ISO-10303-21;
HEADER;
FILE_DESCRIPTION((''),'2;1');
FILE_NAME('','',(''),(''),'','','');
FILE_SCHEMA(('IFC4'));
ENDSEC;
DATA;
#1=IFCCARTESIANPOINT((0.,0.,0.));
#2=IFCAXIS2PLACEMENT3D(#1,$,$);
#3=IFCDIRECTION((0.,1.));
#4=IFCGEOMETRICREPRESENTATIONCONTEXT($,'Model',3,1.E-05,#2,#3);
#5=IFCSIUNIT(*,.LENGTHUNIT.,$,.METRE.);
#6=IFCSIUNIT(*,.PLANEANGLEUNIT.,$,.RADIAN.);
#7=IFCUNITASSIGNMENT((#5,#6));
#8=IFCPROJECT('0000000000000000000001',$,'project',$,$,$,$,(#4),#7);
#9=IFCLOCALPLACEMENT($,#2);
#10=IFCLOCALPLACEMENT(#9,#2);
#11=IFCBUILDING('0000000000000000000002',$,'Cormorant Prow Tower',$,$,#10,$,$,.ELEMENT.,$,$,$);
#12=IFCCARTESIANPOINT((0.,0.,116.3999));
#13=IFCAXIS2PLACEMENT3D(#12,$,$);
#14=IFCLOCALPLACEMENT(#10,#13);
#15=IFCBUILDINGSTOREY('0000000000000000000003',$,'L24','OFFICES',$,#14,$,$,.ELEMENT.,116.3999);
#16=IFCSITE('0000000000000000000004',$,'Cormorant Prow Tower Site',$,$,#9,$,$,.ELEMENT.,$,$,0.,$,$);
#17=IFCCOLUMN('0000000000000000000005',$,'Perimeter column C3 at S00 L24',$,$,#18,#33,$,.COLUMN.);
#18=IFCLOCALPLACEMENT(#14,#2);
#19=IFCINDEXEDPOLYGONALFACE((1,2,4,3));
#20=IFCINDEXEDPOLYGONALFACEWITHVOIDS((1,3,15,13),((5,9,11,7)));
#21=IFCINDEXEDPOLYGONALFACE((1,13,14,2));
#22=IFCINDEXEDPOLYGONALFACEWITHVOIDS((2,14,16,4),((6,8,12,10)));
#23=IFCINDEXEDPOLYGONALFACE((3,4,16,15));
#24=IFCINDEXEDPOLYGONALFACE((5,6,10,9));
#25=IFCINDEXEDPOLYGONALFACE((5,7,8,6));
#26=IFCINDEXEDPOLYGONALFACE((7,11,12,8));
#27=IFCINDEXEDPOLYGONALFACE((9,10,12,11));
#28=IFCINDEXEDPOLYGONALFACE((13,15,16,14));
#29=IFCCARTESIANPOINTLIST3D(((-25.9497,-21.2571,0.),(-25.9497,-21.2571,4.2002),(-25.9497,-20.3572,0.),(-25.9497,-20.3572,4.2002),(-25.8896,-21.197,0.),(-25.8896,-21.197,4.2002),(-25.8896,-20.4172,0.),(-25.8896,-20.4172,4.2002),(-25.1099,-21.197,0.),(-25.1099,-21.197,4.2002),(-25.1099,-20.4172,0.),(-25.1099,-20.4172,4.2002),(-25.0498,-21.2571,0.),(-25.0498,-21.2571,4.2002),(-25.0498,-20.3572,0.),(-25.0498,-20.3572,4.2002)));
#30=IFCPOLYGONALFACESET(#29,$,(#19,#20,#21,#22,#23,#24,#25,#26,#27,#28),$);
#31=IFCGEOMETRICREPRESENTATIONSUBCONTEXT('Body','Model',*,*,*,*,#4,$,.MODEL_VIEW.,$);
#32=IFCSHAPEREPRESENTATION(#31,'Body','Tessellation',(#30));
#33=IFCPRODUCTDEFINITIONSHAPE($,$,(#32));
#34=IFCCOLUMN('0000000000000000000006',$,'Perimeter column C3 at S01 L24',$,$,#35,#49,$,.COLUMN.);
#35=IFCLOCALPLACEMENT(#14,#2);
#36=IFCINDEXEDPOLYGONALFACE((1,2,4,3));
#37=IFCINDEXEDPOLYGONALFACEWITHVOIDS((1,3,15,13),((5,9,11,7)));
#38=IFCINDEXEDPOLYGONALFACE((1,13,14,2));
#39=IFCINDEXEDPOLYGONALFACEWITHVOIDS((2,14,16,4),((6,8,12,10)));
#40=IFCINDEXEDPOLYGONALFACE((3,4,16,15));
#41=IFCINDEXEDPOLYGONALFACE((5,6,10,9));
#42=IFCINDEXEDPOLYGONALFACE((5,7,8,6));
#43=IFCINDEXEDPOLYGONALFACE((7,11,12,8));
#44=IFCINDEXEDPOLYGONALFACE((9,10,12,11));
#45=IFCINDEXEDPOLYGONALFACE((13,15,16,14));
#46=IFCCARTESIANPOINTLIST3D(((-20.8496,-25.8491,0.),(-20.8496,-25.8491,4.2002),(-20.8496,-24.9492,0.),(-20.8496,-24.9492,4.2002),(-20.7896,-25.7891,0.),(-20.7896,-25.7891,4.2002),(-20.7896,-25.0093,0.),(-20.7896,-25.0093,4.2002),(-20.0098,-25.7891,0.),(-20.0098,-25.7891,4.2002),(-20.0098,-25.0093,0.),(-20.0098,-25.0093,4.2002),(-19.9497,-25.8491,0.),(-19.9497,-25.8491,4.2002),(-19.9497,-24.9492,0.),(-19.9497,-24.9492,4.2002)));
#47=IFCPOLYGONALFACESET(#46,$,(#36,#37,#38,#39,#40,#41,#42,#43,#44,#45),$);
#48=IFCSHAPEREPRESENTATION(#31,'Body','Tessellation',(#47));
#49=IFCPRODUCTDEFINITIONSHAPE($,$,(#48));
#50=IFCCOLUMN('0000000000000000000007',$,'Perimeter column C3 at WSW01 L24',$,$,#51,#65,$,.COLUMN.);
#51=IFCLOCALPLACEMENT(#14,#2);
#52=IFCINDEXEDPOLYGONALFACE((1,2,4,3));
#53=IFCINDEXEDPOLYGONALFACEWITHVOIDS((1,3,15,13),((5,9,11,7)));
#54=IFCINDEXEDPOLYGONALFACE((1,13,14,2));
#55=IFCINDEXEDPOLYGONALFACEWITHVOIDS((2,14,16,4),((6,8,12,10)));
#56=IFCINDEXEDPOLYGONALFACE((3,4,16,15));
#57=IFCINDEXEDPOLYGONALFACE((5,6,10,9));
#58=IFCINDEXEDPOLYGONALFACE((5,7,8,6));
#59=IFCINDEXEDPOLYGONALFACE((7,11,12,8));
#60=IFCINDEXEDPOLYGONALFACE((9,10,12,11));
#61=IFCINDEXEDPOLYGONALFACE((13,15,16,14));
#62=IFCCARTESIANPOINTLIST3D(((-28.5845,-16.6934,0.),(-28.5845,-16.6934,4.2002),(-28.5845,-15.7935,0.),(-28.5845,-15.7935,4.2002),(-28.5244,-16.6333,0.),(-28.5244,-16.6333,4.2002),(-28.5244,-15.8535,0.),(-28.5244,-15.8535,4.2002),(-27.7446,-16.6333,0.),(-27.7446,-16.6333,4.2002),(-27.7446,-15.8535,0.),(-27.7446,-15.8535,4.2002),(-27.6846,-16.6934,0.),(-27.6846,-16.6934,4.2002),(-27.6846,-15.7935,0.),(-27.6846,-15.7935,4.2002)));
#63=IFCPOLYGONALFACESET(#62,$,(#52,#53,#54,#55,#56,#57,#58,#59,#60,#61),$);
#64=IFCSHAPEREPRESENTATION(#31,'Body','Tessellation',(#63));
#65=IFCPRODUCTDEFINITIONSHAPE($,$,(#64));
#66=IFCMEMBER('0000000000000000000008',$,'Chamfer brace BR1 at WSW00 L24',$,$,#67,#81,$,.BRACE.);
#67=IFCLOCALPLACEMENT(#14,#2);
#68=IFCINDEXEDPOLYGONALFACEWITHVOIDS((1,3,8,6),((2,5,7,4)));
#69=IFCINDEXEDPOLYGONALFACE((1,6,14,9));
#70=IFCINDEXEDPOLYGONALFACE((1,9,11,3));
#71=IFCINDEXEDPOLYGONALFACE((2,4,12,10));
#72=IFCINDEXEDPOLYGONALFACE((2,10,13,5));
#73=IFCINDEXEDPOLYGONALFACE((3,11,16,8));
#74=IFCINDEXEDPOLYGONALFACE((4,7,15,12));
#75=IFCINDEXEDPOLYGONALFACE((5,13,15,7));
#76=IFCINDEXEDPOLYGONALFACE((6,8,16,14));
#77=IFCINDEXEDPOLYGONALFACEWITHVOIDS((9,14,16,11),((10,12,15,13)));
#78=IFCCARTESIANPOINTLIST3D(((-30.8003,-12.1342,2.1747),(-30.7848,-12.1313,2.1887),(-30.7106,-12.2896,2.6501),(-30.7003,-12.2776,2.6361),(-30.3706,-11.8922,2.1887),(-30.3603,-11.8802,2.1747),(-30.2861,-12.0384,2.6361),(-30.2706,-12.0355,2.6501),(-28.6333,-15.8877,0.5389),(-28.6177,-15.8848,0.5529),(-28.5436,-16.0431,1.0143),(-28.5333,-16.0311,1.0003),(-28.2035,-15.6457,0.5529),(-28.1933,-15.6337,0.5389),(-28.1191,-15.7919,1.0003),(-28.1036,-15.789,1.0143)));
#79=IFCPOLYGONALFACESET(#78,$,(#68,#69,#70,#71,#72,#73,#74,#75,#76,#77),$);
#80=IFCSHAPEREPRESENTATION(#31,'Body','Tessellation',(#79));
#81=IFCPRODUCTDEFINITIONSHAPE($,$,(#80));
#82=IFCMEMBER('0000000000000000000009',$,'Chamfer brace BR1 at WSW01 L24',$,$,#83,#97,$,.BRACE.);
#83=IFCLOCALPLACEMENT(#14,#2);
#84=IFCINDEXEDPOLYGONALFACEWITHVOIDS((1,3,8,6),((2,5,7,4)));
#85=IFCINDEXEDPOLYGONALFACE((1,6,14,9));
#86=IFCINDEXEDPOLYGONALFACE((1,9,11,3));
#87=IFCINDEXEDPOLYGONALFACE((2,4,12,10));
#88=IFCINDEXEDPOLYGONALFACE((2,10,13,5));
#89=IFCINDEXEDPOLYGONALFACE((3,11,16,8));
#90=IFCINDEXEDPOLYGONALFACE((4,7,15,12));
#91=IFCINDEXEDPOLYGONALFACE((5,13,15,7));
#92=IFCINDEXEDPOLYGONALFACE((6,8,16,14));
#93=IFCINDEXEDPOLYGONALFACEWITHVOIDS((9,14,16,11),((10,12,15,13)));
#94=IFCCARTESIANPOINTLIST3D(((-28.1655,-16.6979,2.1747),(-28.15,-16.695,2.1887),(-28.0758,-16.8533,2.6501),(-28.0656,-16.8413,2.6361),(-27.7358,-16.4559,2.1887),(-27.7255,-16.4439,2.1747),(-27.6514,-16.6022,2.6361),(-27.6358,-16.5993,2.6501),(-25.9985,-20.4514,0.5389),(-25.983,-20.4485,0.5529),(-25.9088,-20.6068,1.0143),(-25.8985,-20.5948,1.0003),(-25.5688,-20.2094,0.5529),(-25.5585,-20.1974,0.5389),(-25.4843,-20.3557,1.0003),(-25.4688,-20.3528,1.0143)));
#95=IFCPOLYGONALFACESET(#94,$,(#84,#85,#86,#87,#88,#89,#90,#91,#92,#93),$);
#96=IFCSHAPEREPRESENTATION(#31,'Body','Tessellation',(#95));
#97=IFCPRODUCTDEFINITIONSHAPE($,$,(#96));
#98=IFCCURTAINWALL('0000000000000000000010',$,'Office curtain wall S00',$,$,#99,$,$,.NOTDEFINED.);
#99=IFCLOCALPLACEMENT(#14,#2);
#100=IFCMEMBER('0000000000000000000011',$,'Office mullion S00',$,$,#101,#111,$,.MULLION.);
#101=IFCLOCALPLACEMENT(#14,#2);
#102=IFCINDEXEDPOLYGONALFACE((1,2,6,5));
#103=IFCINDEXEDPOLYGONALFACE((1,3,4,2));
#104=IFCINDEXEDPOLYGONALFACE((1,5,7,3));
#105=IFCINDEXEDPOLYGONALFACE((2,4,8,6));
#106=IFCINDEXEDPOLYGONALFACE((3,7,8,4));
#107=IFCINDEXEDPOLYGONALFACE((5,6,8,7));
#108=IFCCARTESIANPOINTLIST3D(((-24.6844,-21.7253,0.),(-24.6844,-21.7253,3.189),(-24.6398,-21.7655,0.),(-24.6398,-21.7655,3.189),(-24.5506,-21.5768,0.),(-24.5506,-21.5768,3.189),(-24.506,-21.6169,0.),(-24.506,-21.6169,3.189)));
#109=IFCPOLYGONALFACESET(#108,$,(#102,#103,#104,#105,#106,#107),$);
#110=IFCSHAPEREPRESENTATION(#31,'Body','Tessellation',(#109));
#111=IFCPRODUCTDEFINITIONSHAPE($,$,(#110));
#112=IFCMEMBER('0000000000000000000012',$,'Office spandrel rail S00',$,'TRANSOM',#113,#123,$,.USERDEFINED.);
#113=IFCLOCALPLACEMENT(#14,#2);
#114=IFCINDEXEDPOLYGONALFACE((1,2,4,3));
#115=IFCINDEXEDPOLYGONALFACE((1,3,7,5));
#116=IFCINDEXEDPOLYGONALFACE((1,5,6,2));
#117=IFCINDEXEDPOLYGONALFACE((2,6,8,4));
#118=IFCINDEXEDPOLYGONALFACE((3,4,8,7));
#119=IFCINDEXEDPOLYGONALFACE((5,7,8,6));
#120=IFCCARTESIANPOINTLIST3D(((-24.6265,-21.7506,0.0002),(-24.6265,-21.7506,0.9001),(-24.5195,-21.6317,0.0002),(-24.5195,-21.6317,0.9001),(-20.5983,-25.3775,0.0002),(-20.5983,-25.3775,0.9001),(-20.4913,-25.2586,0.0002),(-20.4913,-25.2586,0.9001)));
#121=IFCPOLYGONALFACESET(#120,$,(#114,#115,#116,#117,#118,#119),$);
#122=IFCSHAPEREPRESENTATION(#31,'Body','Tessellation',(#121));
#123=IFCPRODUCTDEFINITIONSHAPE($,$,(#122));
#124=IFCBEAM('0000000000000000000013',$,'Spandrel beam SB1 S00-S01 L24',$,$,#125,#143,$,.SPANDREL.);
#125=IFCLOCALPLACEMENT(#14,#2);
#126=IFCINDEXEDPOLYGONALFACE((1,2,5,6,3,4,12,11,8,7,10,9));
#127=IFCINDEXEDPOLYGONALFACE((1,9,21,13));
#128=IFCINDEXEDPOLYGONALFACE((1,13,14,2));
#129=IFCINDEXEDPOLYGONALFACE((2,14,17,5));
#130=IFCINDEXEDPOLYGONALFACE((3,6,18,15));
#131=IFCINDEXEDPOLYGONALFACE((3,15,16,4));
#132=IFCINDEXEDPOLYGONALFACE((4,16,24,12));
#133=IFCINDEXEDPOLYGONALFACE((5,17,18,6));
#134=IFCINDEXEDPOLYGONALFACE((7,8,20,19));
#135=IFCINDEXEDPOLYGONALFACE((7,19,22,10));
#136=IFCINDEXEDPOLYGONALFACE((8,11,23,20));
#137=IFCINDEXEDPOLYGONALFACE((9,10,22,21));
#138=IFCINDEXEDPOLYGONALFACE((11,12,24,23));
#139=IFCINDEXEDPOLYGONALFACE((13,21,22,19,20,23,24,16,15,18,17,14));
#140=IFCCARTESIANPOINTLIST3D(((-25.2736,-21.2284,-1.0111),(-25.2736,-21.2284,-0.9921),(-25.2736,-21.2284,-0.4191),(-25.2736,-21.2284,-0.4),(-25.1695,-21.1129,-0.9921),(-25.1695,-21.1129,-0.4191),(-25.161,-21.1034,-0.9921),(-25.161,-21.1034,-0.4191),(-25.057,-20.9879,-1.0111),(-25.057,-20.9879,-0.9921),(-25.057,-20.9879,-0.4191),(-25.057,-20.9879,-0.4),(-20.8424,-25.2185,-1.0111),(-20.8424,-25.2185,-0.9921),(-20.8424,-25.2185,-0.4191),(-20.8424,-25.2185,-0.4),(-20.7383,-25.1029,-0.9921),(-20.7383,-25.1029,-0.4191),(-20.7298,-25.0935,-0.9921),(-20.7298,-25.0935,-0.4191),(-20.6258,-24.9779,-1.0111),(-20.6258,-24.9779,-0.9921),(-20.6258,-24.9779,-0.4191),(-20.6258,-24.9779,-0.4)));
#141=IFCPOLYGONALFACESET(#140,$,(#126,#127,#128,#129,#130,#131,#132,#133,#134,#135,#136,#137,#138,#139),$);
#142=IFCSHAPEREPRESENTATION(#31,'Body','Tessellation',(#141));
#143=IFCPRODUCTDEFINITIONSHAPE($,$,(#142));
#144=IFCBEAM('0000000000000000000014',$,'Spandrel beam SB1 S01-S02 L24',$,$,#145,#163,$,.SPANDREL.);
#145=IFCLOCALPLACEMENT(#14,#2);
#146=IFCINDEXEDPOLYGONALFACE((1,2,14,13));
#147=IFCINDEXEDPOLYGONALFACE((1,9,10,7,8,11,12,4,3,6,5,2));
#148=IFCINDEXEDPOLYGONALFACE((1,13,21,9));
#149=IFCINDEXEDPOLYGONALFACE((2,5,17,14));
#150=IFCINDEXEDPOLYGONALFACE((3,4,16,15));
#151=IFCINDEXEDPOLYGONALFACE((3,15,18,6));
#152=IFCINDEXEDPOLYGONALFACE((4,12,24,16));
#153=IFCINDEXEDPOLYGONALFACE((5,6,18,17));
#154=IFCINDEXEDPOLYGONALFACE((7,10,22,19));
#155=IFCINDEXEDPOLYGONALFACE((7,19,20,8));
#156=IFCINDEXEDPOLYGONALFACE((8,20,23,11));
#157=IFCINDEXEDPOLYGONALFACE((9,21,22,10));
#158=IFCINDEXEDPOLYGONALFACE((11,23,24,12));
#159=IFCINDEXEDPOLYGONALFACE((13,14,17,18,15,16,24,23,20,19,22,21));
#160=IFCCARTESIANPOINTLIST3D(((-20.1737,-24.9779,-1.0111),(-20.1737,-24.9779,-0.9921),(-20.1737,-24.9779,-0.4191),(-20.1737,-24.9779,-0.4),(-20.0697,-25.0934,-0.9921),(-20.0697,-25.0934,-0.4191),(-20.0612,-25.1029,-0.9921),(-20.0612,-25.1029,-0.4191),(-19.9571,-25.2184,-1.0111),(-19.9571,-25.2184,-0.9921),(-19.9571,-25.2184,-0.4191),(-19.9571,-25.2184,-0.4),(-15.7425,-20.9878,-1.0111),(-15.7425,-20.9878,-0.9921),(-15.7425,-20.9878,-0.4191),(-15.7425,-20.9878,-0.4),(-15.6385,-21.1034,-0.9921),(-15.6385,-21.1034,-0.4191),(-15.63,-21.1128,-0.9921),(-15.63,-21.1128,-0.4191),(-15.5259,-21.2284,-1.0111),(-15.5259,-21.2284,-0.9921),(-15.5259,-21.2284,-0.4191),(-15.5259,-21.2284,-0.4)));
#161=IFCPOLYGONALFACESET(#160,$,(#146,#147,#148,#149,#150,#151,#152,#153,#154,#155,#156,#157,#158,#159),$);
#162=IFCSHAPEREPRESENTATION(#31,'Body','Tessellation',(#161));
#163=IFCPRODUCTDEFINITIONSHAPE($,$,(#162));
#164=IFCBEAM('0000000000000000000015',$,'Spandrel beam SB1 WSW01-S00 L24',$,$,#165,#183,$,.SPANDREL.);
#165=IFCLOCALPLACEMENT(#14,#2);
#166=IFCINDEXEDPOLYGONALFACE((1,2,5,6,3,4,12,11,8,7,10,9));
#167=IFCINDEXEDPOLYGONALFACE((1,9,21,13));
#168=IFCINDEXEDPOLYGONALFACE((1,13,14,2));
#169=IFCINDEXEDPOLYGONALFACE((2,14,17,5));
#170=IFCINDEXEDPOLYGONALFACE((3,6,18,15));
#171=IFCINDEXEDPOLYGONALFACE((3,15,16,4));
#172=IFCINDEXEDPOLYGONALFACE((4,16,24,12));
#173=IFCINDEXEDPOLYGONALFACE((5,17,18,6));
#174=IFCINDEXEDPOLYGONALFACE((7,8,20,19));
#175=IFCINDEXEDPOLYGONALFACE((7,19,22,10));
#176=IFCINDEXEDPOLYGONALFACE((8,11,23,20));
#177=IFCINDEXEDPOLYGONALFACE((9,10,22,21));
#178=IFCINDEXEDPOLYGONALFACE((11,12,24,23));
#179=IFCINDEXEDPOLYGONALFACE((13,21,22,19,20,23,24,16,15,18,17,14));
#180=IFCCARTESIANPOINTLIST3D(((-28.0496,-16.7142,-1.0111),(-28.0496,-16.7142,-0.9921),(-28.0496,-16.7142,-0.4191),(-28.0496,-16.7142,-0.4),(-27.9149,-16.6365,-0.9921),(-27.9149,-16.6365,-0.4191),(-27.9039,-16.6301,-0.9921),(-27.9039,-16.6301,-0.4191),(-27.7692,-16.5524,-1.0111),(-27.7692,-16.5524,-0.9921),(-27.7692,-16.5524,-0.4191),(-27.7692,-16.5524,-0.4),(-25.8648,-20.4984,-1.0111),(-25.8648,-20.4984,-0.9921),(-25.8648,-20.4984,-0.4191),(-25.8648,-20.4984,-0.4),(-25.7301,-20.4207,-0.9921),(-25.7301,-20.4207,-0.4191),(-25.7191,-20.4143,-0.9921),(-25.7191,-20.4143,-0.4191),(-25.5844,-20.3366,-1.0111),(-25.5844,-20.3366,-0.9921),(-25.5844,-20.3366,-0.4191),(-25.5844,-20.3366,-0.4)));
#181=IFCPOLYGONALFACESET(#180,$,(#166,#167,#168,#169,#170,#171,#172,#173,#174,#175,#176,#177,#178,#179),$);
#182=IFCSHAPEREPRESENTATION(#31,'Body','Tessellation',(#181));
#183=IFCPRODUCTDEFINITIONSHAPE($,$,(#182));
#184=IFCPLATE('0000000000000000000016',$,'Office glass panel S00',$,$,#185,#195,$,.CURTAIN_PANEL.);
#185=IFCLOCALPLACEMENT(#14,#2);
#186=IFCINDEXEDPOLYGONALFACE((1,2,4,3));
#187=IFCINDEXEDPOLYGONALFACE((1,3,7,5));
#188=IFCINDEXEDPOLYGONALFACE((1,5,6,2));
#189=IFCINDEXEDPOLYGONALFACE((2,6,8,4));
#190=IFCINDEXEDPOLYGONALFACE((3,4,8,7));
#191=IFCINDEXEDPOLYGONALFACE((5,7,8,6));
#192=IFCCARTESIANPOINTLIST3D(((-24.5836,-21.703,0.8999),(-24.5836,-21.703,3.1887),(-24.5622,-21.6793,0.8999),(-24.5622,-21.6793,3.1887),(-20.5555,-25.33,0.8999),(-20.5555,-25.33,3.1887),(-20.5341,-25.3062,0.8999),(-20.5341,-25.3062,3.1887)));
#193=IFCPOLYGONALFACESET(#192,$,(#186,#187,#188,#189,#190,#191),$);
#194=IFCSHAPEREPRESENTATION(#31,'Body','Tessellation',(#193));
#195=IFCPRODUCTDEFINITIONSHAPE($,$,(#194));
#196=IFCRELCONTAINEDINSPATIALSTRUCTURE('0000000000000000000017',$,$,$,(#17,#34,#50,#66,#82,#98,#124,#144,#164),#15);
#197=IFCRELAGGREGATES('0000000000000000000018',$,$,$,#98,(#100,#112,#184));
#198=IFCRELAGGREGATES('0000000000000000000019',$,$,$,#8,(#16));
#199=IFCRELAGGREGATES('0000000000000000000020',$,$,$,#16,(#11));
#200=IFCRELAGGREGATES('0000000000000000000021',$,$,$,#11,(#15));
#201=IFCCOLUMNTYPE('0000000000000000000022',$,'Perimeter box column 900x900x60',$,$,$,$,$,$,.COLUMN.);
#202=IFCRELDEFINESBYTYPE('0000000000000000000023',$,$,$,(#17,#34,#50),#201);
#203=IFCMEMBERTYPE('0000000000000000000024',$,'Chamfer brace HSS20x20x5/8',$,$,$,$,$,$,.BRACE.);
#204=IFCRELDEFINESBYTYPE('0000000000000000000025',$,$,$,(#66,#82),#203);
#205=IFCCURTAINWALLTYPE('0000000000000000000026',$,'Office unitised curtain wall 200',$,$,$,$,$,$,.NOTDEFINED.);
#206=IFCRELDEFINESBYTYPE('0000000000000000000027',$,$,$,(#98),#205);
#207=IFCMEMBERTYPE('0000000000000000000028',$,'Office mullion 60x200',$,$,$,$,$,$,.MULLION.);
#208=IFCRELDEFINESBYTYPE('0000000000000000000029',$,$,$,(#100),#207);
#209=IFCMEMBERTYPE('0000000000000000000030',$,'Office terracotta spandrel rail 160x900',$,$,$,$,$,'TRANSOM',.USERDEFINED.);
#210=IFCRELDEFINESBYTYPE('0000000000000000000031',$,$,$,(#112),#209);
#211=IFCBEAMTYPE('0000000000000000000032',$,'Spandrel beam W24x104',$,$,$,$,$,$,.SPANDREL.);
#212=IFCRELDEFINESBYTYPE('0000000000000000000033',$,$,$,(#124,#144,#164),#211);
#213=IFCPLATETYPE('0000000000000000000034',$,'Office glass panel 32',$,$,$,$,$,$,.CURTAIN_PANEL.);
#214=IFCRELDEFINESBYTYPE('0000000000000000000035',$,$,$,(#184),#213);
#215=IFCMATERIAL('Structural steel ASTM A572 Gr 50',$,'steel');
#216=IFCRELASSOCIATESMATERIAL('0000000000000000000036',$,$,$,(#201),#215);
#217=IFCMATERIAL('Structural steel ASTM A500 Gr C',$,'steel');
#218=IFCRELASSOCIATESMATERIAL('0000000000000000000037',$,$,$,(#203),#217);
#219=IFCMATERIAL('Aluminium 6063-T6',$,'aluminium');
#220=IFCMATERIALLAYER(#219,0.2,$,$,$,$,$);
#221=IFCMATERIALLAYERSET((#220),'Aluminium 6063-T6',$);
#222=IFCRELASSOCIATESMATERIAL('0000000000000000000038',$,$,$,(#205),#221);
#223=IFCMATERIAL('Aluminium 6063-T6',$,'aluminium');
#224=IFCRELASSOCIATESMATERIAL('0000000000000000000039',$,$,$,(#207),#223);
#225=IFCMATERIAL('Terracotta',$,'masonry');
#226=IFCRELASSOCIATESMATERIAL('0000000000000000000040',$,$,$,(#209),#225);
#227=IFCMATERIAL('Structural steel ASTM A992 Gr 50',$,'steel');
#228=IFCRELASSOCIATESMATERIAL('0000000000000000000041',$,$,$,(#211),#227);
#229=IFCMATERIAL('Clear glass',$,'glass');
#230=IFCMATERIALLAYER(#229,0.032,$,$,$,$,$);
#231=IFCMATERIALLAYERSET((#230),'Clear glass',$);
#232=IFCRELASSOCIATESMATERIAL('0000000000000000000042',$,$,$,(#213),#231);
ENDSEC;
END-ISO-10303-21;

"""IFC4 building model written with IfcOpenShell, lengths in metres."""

from ifc_helpers import new_model, si_unit, direction, frame, origin, origin_2d, place, context, subcontext, project, spatial, rectangle, hollow_rectangle, i_section, extrude, material, layer, layer_set, material_profile, profile_set, type_object, element, aggregate, save


model = new_model("IFC4")

# Units and contexts
model_context = context("Model", 3, precision=1e-05, world=origin(), true_north=direction((0.0, 1.0)))
body_context = subcontext(model_context, "Body", "Model", "MODEL_VIEW")
ifc_project = project(units=[si_unit("LENGTHUNIT", "METRE"), si_unit("PLANEANGLEUNIT", "RADIAN")], contexts=[model_context])

# Site, building, storey
site_placement = place(None, origin())
site = spatial("IfcSite", under=ifc_project, at=site_placement, Name="Cormorant Prow Tower Site", CompositionType="ELEMENT", RefElevation=0.0)
building_placement = place(site_placement, origin())
building = spatial("IfcBuilding", under=site, at=building_placement, Name="Cormorant Prow Tower", CompositionType="ELEMENT")
storey_placement = place(building_placement, frame((0.0, 0.0, 116.3999)))
storey = spatial("IfcBuildingStorey", under=building, at=storey_placement, Name="L24", Description="OFFICES", CompositionType="ELEMENT", Elevation=116.3999)

# Columns
ifc_material_1 = material(Name="Structural steel ASTM A572 Gr 50", Category="steel")
ifc_material_profile_1 = material_profile(ifc_material_1, hollow_rectangle(XDim=0.8999, YDim=0.8999, WallThickness=0.0601, at=origin_2d()), Name="Box 900x900x60")
ifc_profile_set_1 = profile_set([ifc_material_profile_1], Name="Structural steel ASTM A572 Gr 50")
column_type = type_object("IfcColumnType", Name="Perimeter box column 900x900x60", PredefinedType="COLUMN", material=ifc_profile_set_1)
for number, where, z_axis, x_axis, name in (
    (1, (-25.4998, -20.8071, 0.0), (0.0, 0.0, 1.0), (1.0, 0.0, 0.0), "Perimeter column C3 at S00 L24"),
    (2, (-20.3997, -25.3992, 0.0), (0.0, 0.0, 1.0), (1.0, 0.0, 0.0), "Perimeter column C3 at S01 L24"),
    (3, (-28.1345, -16.2434, 0.0), (0.0, 0.0, 1.0), (1.0, 0.0, 0.0), "Perimeter column C3 at WSW01 L24"),
):
    element("IfcColumn", number, at=place(storey_placement, frame(where, z_axis=z_axis, x_axis=x_axis)), inside=storey, type_object=column_type, Name=name, PredefinedType="COLUMN", context=body_context, shape_type="SweptSolid", body=[
        extrude(hollow_rectangle(XDim=0.8999, YDim=0.8999, WallThickness=0.0601, at=origin_2d()), origin(), (0.0, 0.0, 1.0), 4.2002),
    ])

# Members
ifc_material_2 = material(Name="Structural steel ASTM A500 Gr C", Category="steel")
ifc_material_profile_2 = material_profile(ifc_material_2, hollow_rectangle(XDim=0.5081, YDim=0.5081, WallThickness=0.0149, at=origin_2d()), Name="HSS20x20x5/8")
ifc_profile_set_2 = profile_set([ifc_material_profile_2], Name="Structural steel ASTM A500 Gr C")
member_type_1 = type_object("IfcMemberType", Name="Chamfer brace HSS20x20x5/8", PredefinedType="BRACE", material=ifc_profile_set_2)
for number, where, z_axis, x_axis, name in (
    (4, (-28.3684, -15.8384, 0.7766), (-0.467785, 0.810244, 0.353105), (-0.86603, -0.499992, 0.0), "Chamfer brace BR1 at WSW00 L24"),
    (5, (-25.7336, -20.4021, 0.7766), (-0.467785, 0.810244, 0.353105), (-0.86603, -0.499992, 0.0), "Chamfer brace BR1 at WSW01 L24"),
):
    element("IfcMember", number, at=place(storey_placement, frame(where, z_axis=z_axis, x_axis=x_axis)), inside=storey, type_object=member_type_1, Name=name, PredefinedType="BRACE", context=body_context, shape_type="SweptSolid", body=[
        extrude(hollow_rectangle(XDim=0.5081, YDim=0.5081, WallThickness=0.0149, at=origin_2d()), origin(), (0.0, 0.0, 1.0), 4.6326),
    ])

# Curtain wall, members
ifc_material_3 = material(Name="Aluminium 6063-T6", Category="aluminium")
ifc_layer_1 = layer(ifc_material_3, 0.2)
ifc_layer_set_1 = layer_set([ifc_layer_1], Name="Aluminium 6063-T6")
curtain_wall_type = type_object("IfcCurtainWallType", Name="Office unitised curtain wall 200", PredefinedType="NOTDEFINED", material=ifc_layer_set_1)
curtain_wall_placement = place(storey_placement, origin())
curtain_wall = element("IfcCurtainWall", 6, at=curtain_wall_placement, inside=storey, type_object=curtain_wall_type, Name="Office curtain wall S00", PredefinedType="NOTDEFINED")
ifc_material_4 = material(Name="Aluminium 6063-T6", Category="aluminium")
ifc_material_profile_3 = material_profile(ifc_material_4, rectangle(XDim=0.2, YDim=0.0601, at=origin_2d()), Name="Office mullion 60x200")
ifc_profile_set_3 = profile_set([ifc_material_profile_3], Name="Aluminium 6063-T6")
member_type_2 = type_object("IfcMemberType", Name="Office mullion 60x200", PredefinedType="MULLION", material=ifc_profile_set_3)
member_1_placement = place(storey_placement, frame((-24.5952, -21.6711, 0.0), z_axis=(0.0, 0.0, 1.0), x_axis=(0.669131, 0.743145, 0.0)))
member_1 = element("IfcMember", 7, at=member_1_placement, type_object=member_type_2, Name="Office mullion S00", PredefinedType="MULLION", context=body_context, shape_type="SweptSolid", body=[
    extrude(rectangle(XDim=0.2, YDim=0.0601, at=origin_2d()), origin(), (0.0, 0.0, 1.0), 3.189),
])
ifc_material_5 = material(Name="Terracotta", Category="masonry")
ifc_material_profile_4 = material_profile(ifc_material_5, rectangle(XDim=0.1599, YDim=0.8999, at=origin_2d()), Name="Office terracotta spandrel rail 160x900")
ifc_profile_set_4 = profile_set([ifc_material_profile_4], Name="Terracotta")
member_type_3 = type_object("IfcMemberType", Name="Office terracotta spandrel rail 160x900", ElementType="TRANSOM", PredefinedType="USERDEFINED", material=ifc_profile_set_4)
member_2_placement = place(storey_placement, frame((-24.573, -21.6912, 0.4502), z_axis=(0.74316, -0.669114, 0.0), x_axis=(0.669114, 0.74316, 0.0)))
member_2 = element("IfcMember", 8, at=member_2_placement, type_object=member_type_3, Name="Office spandrel rail S00", ObjectType="TRANSOM", PredefinedType="USERDEFINED", context=body_context, shape_type="SweptSolid", body=[
    extrude(rectangle(XDim=0.1599, YDim=0.8999, at=origin_2d()), origin(), (0.0, 0.0, 1.0), 5.4204),
])

# Beams
ifc_material_6 = material(Name="Structural steel ASTM A992 Gr 50", Category="steel")
ifc_material_profile_5 = material_profile(ifc_material_6, i_section(OverallWidth=0.3237, OverallDepth=0.6111, WebThickness=0.0127, FlangeThickness=0.019, at=origin_2d()), Name="W24x104")
ifc_profile_set_5 = profile_set([ifc_material_profile_5], Name="Structural steel ASTM A992 Gr 50")
beam_type = type_object("IfcBeamType", Name="Spandrel beam W24x104", PredefinedType="SPANDREL", material=ifc_profile_set_5)
for number, where, z_axis, x_axis, name in (
    (9, (-25.1653, -21.1082, -0.7056), (0.743131, -0.669146, 0.0), (0.669146, 0.743131, 0.0), "Spandrel beam SB1 S00-S01 L24"),
    (10, (-20.0654, -25.0981, -0.7056), (0.743131, 0.669146, 0.0), (-0.669146, 0.743131, 0.0), "Spandrel beam SB1 S01-S02 L24"),
):
    element("IfcBeam", number, at=place(storey_placement, frame(where, z_axis=z_axis, x_axis=x_axis)), inside=storey, type_object=beam_type, Name=name, PredefinedType="SPANDREL", context=body_context, shape_type="SweptSolid", body=[
        extrude(i_section(OverallWidth=0.3237, OverallDepth=0.6111, WebThickness=0.0127, FlangeThickness=0.019, at=origin_2d()), origin(), (0.0, 0.0, 1.0), 5.9629),
    ])
beam_placement = place(storey_placement, frame((-27.9094, -16.6333, -0.7056), z_axis=(0.500003, -0.866024, 0.0), x_axis=(0.866024, 0.500003, 0.0)))
element("IfcBeam", 11, at=beam_placement, inside=storey, type_object=beam_type, Name="Spandrel beam SB1 WSW01-S00 L24", PredefinedType="SPANDREL", context=body_context, shape_type="SweptSolid", body=[
    extrude(i_section(OverallWidth=0.3237, OverallDepth=0.6111, WebThickness=0.0127, FlangeThickness=0.019, at=origin_2d()), origin(), (0.0, 0.0, 1.0), 4.3696),
])

# Plate
ifc_material_7 = material(Name="Clear glass", Category="glass")
ifc_layer_2 = layer(ifc_material_7, 0.032)
ifc_layer_set_2 = layer_set([ifc_layer_2], Name="Clear glass")
plate_type = type_object("IfcPlateType", Name="Office glass panel 32", PredefinedType="CURTAIN_PANEL", material=ifc_layer_set_2)
plate_placement = place(storey_placement, frame((-22.5588, -23.5046, 0.8999), z_axis=(0.0, 0.0, 1.0), x_axis=(0.743145, -0.669131, 0.0)))
plate = element("IfcPlate", 12, at=plate_placement, type_object=plate_type, Name="Office glass panel S00", PredefinedType="CURTAIN_PANEL", context=body_context, shape_type="SweptSolid", body=[
    extrude(rectangle(XDim=5.4204, YDim=0.032, at=origin_2d()), origin(), (0.0, 0.0, 1.0), 2.2888),
])
aggregate(curtain_wall, [member_1, member_2, plate])

save(model, "model.ifc")
